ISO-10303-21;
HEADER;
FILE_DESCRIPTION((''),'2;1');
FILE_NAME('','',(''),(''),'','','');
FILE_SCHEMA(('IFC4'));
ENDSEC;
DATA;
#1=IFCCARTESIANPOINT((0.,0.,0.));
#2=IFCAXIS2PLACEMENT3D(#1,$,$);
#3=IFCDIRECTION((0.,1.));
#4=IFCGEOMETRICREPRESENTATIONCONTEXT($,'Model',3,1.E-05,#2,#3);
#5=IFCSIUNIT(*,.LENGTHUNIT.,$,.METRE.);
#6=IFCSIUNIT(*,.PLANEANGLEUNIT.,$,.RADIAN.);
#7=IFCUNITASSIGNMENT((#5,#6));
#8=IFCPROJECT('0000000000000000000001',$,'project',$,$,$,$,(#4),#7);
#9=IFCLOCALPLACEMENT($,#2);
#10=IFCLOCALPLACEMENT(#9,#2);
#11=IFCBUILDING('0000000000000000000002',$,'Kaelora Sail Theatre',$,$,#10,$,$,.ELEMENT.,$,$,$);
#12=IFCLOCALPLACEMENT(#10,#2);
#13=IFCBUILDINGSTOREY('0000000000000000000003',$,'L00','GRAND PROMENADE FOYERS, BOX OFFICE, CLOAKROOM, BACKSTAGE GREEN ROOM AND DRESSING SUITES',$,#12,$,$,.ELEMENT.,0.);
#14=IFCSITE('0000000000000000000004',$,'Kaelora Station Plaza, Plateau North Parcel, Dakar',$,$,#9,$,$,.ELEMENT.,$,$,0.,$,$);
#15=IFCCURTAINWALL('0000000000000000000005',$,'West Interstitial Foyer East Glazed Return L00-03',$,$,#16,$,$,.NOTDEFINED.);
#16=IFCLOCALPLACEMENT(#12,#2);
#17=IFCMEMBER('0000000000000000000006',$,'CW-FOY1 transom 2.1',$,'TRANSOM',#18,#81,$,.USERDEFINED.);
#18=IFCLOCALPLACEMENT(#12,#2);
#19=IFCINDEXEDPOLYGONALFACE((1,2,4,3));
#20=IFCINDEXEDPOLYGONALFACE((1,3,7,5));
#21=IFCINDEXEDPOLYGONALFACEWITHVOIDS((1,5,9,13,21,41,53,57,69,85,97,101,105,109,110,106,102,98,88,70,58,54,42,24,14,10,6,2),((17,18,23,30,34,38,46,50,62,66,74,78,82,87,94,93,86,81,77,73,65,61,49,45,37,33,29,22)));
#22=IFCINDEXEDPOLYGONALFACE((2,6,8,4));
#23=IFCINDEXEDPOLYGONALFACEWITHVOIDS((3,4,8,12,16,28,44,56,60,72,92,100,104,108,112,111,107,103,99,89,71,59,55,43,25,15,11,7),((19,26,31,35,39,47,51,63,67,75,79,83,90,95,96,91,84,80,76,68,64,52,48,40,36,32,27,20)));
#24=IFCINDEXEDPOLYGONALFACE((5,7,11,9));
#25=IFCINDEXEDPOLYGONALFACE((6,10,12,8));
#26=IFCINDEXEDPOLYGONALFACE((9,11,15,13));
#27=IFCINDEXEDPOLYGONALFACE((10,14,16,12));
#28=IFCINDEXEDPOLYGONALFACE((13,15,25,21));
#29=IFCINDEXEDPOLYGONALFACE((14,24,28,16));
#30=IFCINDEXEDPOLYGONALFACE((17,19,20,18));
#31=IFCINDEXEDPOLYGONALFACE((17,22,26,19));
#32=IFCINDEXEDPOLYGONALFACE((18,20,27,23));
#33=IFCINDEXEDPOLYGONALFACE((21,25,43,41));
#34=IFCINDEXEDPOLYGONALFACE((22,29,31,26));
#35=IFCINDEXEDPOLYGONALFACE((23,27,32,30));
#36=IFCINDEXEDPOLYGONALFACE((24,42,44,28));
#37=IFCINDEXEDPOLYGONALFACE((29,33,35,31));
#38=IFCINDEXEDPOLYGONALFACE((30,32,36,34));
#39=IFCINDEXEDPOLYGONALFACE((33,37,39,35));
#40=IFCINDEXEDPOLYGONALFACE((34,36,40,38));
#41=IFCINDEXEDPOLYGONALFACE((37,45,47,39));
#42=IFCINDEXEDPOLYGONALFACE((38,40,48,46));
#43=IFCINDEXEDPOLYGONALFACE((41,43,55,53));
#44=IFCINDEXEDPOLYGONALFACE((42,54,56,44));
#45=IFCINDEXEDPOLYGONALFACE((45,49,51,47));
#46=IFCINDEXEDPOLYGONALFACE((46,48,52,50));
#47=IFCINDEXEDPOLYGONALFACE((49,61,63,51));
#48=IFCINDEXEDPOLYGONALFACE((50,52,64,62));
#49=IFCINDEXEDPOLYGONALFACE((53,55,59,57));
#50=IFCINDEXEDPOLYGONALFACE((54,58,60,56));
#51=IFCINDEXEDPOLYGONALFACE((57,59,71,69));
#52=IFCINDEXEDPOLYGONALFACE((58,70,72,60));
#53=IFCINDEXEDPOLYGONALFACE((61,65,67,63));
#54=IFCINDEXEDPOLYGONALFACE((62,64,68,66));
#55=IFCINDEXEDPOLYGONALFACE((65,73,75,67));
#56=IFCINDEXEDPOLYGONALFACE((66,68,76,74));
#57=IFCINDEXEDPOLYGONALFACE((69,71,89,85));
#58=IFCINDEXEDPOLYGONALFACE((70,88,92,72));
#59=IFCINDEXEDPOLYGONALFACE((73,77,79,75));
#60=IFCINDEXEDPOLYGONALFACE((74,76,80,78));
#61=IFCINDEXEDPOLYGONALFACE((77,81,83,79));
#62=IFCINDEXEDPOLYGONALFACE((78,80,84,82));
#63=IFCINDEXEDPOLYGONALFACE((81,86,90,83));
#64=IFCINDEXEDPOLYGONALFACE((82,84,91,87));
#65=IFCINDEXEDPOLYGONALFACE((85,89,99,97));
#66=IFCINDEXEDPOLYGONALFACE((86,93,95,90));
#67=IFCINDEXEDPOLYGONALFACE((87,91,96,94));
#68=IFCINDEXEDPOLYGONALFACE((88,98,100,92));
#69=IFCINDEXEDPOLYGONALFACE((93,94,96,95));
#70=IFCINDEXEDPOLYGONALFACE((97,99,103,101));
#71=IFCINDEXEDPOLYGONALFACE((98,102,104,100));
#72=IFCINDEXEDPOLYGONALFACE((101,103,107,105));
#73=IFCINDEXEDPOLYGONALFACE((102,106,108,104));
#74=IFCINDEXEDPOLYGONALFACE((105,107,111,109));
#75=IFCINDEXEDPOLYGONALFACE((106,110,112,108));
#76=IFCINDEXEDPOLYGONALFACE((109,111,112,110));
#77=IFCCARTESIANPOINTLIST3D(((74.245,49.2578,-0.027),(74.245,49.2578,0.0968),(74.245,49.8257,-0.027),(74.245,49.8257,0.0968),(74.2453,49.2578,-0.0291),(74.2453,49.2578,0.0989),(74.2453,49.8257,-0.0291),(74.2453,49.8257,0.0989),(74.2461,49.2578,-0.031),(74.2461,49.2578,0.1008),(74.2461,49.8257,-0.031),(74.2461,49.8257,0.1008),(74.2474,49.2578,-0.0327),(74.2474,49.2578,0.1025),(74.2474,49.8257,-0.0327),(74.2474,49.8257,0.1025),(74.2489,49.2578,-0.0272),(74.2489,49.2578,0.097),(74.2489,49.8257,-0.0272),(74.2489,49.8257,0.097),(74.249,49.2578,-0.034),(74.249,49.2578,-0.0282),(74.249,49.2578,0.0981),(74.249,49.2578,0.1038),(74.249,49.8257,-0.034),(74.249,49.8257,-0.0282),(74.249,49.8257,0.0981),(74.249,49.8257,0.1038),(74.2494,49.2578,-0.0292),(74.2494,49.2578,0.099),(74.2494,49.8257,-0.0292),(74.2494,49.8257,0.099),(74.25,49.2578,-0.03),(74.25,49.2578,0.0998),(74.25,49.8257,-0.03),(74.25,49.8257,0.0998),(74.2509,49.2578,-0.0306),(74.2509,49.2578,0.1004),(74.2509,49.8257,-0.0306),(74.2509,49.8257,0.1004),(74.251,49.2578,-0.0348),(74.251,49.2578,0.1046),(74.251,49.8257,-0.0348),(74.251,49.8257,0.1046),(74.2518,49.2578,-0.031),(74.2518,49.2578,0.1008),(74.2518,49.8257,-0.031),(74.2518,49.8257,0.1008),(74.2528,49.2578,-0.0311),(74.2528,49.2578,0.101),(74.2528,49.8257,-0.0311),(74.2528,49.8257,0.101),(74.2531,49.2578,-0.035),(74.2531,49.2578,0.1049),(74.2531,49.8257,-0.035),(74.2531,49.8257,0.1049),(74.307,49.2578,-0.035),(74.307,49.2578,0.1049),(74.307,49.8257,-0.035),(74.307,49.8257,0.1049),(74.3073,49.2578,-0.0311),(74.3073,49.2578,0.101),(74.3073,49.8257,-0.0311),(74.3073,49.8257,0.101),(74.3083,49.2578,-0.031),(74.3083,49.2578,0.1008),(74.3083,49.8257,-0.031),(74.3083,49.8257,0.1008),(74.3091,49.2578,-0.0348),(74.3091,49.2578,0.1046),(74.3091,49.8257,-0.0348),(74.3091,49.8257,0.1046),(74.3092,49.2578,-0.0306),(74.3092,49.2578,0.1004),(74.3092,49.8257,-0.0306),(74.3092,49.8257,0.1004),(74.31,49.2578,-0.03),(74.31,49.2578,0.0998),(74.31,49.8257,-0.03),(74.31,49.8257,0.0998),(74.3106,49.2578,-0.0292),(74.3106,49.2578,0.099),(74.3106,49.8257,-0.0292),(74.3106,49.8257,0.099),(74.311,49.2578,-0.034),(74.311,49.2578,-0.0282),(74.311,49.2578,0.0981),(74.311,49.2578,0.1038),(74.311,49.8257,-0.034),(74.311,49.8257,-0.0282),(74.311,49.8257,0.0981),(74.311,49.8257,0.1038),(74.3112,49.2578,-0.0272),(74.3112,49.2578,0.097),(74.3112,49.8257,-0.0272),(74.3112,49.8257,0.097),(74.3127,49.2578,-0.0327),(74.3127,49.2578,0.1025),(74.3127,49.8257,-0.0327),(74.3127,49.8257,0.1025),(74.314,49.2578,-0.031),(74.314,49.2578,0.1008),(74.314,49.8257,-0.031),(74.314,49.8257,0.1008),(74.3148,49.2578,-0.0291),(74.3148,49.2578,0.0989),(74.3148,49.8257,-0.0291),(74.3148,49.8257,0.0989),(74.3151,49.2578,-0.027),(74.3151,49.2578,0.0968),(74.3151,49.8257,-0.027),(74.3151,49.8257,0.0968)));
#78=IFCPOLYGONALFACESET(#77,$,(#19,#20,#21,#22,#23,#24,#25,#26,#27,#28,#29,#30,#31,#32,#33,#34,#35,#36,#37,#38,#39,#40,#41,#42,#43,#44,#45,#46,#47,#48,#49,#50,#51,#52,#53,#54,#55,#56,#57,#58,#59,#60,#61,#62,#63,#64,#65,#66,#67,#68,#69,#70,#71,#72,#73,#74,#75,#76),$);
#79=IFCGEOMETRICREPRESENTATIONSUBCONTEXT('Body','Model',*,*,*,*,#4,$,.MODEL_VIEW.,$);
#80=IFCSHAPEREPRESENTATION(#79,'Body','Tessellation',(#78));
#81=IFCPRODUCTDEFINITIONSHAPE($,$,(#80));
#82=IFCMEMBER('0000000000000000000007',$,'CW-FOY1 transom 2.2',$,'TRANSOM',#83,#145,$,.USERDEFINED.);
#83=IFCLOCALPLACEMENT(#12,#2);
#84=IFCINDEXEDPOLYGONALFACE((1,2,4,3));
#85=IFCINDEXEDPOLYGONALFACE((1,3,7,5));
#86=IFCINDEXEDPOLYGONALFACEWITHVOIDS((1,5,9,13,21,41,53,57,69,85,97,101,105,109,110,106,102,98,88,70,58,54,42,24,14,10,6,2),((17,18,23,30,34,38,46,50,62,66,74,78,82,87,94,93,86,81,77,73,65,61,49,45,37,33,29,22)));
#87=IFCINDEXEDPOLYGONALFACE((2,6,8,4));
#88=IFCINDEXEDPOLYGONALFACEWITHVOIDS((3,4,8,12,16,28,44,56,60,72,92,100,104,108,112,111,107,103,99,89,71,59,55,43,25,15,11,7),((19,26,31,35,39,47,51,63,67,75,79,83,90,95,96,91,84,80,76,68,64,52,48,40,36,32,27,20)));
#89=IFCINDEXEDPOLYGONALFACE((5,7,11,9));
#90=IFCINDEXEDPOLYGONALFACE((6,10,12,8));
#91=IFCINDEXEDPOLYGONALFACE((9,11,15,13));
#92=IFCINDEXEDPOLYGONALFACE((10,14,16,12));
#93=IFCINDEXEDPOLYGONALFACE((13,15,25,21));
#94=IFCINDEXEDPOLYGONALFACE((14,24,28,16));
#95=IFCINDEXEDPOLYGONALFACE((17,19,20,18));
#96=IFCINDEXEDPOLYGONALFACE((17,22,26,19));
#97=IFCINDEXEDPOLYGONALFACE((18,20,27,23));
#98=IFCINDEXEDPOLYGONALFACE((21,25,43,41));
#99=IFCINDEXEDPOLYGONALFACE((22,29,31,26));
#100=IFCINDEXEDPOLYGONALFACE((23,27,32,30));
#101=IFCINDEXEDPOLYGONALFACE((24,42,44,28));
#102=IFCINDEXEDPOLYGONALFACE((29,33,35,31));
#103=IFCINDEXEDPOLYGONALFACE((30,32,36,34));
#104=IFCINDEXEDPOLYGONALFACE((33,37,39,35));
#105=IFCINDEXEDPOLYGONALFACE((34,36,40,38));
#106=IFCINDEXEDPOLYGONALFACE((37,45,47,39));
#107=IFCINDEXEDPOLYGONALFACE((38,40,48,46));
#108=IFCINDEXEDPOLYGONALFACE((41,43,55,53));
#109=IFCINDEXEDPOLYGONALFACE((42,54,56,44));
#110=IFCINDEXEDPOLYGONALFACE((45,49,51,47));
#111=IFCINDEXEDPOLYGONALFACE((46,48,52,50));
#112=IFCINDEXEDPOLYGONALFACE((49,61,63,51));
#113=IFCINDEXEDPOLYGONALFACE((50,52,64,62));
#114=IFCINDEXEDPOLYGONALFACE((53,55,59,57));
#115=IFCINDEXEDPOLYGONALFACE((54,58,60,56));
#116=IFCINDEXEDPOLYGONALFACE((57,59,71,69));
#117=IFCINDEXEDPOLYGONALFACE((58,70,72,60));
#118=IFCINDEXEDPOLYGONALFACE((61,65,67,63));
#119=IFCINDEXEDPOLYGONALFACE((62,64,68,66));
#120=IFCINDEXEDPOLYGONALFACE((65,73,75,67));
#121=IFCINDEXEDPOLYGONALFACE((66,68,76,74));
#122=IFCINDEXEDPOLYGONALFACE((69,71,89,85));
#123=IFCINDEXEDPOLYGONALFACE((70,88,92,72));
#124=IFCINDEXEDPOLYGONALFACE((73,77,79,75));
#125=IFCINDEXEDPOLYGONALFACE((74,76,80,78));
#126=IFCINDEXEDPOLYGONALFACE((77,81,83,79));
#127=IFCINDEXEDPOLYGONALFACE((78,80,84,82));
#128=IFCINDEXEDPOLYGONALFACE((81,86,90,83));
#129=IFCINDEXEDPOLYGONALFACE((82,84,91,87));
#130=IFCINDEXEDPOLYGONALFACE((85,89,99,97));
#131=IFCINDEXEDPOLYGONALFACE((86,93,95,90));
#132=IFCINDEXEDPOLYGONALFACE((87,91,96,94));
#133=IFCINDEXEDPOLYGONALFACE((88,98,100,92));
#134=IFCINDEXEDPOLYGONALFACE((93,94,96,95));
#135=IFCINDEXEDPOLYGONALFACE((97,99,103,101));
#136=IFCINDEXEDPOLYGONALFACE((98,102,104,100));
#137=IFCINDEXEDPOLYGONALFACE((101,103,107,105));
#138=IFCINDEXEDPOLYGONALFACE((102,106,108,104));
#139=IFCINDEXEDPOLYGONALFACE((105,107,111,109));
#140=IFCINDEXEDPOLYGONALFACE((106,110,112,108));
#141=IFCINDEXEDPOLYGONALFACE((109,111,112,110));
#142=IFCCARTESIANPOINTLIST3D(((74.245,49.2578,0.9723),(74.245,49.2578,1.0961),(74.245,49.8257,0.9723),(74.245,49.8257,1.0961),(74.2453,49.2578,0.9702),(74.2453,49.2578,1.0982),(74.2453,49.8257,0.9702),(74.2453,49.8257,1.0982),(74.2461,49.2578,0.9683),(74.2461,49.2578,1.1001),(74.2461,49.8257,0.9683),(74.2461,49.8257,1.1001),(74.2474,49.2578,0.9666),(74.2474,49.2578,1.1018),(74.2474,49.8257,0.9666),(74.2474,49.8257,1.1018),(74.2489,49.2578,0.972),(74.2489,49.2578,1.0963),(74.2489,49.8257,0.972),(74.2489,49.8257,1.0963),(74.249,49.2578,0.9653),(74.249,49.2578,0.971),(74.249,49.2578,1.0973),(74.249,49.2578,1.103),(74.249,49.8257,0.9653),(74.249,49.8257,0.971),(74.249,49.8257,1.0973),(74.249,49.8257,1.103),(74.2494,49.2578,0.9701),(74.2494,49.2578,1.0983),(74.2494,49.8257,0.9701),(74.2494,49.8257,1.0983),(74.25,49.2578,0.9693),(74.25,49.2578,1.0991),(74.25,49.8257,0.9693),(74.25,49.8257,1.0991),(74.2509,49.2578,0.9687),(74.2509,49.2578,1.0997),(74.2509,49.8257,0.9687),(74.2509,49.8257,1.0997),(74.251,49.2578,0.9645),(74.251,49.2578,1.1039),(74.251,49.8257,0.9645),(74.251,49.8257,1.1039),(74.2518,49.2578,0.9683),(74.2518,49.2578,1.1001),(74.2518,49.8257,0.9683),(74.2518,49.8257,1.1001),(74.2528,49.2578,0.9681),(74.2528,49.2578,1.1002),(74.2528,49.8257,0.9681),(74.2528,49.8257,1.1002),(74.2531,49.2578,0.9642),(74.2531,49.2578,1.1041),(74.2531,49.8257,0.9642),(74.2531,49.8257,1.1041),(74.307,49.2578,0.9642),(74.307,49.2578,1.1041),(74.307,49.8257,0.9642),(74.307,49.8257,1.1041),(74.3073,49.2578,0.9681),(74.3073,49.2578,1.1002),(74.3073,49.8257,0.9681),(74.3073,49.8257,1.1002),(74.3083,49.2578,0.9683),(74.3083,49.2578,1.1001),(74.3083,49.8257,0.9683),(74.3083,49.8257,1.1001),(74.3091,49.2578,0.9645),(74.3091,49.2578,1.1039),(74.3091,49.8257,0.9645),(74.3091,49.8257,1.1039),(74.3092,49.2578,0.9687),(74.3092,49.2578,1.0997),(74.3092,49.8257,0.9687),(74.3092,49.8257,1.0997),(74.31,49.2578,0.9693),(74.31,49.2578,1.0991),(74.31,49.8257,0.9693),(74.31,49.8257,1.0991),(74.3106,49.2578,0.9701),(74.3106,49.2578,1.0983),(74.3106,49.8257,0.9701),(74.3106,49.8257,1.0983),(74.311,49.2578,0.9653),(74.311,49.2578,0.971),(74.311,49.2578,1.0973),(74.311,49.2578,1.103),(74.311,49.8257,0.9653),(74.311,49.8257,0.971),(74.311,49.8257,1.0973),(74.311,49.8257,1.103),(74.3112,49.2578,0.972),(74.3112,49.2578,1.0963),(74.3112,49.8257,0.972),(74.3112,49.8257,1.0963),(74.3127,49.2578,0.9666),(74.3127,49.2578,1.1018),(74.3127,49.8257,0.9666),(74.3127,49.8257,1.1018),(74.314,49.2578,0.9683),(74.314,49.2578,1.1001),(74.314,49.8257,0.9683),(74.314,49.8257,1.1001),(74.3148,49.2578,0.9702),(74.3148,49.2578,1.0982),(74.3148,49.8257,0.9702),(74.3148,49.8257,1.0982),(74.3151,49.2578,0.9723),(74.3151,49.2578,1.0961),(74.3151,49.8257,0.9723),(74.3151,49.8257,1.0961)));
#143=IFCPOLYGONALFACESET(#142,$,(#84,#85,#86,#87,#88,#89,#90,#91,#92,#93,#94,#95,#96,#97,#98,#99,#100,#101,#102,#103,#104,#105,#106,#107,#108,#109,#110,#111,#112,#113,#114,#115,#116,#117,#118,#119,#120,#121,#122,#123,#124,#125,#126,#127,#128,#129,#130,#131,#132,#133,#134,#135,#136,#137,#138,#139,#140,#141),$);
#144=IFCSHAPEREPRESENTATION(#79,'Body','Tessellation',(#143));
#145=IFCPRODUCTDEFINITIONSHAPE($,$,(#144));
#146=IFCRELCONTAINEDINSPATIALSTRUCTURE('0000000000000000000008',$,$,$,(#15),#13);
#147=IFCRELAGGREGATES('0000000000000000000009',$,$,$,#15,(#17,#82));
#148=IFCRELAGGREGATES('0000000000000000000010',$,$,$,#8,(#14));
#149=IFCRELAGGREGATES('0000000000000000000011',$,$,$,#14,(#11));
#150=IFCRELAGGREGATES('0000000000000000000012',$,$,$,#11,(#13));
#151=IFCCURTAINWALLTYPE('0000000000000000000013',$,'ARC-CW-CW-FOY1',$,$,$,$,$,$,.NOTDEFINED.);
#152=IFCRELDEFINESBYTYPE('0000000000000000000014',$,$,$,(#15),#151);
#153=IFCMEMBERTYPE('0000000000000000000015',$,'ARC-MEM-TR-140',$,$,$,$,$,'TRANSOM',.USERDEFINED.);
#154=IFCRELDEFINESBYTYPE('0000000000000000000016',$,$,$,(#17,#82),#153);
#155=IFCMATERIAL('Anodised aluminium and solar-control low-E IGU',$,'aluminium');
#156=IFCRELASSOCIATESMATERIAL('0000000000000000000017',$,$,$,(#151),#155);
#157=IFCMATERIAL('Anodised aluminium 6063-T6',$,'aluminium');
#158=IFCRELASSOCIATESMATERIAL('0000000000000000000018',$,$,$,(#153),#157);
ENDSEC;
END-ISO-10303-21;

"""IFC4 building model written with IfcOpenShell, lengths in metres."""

from ifc_helpers import new_model, si_unit, direction, frame, origin, origin_2d, place, context, subcontext, project, spatial, hollow_rectangle, extrude, material, material_profile, profile_set, type_object, element, aggregate, save


model = new_model("IFC4")

# Units and contexts
model_context = context("Model", 3, precision=1e-05, world=origin(), true_north=direction((0.0, 1.0)))
body_context = subcontext(model_context, "Body", "Model", "MODEL_VIEW")
ifc_project = project(units=[si_unit("LENGTHUNIT", "METRE"), si_unit("PLANEANGLEUNIT", "RADIAN")], contexts=[model_context])

# Site, building, storey
site_placement = place(None, origin())
site = spatial("IfcSite", under=ifc_project, at=site_placement, Name="Kaelora Station Plaza, Plateau North Parcel, Dakar", CompositionType="ELEMENT", RefElevation=0.0)
building_placement = place(site_placement, origin())
building = spatial("IfcBuilding", under=site, at=building_placement, Name="Kaelora Sail Theatre", CompositionType="ELEMENT")
storey_placement = place(building_placement, origin())
storey = spatial("IfcBuildingStorey", under=building, at=storey_placement, Name="L00", Description="GRAND PROMENADE FOYERS, BOX OFFICE, CLOAKROOM, BACKSTAGE GREEN ROOM AND DRESSING SUITES", CompositionType="ELEMENT", Elevation=0.0)

# Curtain wall
ifc_material_1 = material(Name="Anodised aluminium and solar-control low-E IGU", Category="aluminium")
curtain_wall_type = type_object("IfcCurtainWallType", Name="ARC-CW-CW-FOY1", PredefinedType="NOTDEFINED", material=ifc_material_1)
curtain_wall_placement = place(storey_placement, origin())
curtain_wall = element("IfcCurtainWall", 1, at=curtain_wall_placement, inside=storey, type_object=curtain_wall_type, Name="West Interstitial Foyer East Glazed Return L00-03", PredefinedType="NOTDEFINED")

# Members
ifc_material_2 = material(Name="Anodised aluminium 6063-T6", Category="aluminium")
ifc_material_profile_1 = material_profile(ifc_material_2, hollow_rectangle(XDim=0.0701, YDim=0.1399, WallThickness=0.0039, InnerFilletRadius=0.0039, OuterFilletRadius=0.0081, at=origin_2d()), Name="ALU-TRAN 70x140x4")
ifc_profile_set_1 = profile_set([ifc_material_profile_1], Name="Anodised aluminium 6063-T6")
member_type_1 = type_object("IfcMemberType", Name="ARC-MEM-TR-140", ElementType="TRANSOM", PredefinedType="USERDEFINED", material=ifc_profile_set_1)
member_1_placement = place(storey_placement, frame((74.28, 49.2578, 0.0349), z_axis=(0.0, 1.0, 0.0), x_axis=(-1.0, 0.0, 0.0)))
member_1 = element("IfcMember", 2, at=member_1_placement, type_object=member_type_1, Name="CW-FOY1 transom 2.1", ObjectType="TRANSOM", PredefinedType="USERDEFINED", context=body_context, shape_type="SweptSolid", body=[
    extrude(hollow_rectangle(XDim=0.0701, YDim=0.1399, WallThickness=0.0039, InnerFilletRadius=0.0039, OuterFilletRadius=0.0081, at=origin_2d()), origin(), (0.0, 0.0, 1.0), 0.5679),
])
member_2_placement = place(storey_placement, frame((74.28, 49.2578, 1.0342), z_axis=(0.0, 1.0, 0.0), x_axis=(-1.0, 0.0, 0.0)))
member_2 = element("IfcMember", 3, at=member_2_placement, type_object=member_type_1, Name="CW-FOY1 transom 2.2", ObjectType="TRANSOM", PredefinedType="USERDEFINED", context=body_context, shape_type="SweptSolid", body=[
    extrude(hollow_rectangle(XDim=0.0701, YDim=0.1399, WallThickness=0.0039, InnerFilletRadius=0.0039, OuterFilletRadius=0.0081, at=origin_2d()), origin(), (0.0, 0.0, 1.0), 0.5679),
])

aggregate(curtain_wall, [member_1, member_2])

save(model, "model.ifc")
